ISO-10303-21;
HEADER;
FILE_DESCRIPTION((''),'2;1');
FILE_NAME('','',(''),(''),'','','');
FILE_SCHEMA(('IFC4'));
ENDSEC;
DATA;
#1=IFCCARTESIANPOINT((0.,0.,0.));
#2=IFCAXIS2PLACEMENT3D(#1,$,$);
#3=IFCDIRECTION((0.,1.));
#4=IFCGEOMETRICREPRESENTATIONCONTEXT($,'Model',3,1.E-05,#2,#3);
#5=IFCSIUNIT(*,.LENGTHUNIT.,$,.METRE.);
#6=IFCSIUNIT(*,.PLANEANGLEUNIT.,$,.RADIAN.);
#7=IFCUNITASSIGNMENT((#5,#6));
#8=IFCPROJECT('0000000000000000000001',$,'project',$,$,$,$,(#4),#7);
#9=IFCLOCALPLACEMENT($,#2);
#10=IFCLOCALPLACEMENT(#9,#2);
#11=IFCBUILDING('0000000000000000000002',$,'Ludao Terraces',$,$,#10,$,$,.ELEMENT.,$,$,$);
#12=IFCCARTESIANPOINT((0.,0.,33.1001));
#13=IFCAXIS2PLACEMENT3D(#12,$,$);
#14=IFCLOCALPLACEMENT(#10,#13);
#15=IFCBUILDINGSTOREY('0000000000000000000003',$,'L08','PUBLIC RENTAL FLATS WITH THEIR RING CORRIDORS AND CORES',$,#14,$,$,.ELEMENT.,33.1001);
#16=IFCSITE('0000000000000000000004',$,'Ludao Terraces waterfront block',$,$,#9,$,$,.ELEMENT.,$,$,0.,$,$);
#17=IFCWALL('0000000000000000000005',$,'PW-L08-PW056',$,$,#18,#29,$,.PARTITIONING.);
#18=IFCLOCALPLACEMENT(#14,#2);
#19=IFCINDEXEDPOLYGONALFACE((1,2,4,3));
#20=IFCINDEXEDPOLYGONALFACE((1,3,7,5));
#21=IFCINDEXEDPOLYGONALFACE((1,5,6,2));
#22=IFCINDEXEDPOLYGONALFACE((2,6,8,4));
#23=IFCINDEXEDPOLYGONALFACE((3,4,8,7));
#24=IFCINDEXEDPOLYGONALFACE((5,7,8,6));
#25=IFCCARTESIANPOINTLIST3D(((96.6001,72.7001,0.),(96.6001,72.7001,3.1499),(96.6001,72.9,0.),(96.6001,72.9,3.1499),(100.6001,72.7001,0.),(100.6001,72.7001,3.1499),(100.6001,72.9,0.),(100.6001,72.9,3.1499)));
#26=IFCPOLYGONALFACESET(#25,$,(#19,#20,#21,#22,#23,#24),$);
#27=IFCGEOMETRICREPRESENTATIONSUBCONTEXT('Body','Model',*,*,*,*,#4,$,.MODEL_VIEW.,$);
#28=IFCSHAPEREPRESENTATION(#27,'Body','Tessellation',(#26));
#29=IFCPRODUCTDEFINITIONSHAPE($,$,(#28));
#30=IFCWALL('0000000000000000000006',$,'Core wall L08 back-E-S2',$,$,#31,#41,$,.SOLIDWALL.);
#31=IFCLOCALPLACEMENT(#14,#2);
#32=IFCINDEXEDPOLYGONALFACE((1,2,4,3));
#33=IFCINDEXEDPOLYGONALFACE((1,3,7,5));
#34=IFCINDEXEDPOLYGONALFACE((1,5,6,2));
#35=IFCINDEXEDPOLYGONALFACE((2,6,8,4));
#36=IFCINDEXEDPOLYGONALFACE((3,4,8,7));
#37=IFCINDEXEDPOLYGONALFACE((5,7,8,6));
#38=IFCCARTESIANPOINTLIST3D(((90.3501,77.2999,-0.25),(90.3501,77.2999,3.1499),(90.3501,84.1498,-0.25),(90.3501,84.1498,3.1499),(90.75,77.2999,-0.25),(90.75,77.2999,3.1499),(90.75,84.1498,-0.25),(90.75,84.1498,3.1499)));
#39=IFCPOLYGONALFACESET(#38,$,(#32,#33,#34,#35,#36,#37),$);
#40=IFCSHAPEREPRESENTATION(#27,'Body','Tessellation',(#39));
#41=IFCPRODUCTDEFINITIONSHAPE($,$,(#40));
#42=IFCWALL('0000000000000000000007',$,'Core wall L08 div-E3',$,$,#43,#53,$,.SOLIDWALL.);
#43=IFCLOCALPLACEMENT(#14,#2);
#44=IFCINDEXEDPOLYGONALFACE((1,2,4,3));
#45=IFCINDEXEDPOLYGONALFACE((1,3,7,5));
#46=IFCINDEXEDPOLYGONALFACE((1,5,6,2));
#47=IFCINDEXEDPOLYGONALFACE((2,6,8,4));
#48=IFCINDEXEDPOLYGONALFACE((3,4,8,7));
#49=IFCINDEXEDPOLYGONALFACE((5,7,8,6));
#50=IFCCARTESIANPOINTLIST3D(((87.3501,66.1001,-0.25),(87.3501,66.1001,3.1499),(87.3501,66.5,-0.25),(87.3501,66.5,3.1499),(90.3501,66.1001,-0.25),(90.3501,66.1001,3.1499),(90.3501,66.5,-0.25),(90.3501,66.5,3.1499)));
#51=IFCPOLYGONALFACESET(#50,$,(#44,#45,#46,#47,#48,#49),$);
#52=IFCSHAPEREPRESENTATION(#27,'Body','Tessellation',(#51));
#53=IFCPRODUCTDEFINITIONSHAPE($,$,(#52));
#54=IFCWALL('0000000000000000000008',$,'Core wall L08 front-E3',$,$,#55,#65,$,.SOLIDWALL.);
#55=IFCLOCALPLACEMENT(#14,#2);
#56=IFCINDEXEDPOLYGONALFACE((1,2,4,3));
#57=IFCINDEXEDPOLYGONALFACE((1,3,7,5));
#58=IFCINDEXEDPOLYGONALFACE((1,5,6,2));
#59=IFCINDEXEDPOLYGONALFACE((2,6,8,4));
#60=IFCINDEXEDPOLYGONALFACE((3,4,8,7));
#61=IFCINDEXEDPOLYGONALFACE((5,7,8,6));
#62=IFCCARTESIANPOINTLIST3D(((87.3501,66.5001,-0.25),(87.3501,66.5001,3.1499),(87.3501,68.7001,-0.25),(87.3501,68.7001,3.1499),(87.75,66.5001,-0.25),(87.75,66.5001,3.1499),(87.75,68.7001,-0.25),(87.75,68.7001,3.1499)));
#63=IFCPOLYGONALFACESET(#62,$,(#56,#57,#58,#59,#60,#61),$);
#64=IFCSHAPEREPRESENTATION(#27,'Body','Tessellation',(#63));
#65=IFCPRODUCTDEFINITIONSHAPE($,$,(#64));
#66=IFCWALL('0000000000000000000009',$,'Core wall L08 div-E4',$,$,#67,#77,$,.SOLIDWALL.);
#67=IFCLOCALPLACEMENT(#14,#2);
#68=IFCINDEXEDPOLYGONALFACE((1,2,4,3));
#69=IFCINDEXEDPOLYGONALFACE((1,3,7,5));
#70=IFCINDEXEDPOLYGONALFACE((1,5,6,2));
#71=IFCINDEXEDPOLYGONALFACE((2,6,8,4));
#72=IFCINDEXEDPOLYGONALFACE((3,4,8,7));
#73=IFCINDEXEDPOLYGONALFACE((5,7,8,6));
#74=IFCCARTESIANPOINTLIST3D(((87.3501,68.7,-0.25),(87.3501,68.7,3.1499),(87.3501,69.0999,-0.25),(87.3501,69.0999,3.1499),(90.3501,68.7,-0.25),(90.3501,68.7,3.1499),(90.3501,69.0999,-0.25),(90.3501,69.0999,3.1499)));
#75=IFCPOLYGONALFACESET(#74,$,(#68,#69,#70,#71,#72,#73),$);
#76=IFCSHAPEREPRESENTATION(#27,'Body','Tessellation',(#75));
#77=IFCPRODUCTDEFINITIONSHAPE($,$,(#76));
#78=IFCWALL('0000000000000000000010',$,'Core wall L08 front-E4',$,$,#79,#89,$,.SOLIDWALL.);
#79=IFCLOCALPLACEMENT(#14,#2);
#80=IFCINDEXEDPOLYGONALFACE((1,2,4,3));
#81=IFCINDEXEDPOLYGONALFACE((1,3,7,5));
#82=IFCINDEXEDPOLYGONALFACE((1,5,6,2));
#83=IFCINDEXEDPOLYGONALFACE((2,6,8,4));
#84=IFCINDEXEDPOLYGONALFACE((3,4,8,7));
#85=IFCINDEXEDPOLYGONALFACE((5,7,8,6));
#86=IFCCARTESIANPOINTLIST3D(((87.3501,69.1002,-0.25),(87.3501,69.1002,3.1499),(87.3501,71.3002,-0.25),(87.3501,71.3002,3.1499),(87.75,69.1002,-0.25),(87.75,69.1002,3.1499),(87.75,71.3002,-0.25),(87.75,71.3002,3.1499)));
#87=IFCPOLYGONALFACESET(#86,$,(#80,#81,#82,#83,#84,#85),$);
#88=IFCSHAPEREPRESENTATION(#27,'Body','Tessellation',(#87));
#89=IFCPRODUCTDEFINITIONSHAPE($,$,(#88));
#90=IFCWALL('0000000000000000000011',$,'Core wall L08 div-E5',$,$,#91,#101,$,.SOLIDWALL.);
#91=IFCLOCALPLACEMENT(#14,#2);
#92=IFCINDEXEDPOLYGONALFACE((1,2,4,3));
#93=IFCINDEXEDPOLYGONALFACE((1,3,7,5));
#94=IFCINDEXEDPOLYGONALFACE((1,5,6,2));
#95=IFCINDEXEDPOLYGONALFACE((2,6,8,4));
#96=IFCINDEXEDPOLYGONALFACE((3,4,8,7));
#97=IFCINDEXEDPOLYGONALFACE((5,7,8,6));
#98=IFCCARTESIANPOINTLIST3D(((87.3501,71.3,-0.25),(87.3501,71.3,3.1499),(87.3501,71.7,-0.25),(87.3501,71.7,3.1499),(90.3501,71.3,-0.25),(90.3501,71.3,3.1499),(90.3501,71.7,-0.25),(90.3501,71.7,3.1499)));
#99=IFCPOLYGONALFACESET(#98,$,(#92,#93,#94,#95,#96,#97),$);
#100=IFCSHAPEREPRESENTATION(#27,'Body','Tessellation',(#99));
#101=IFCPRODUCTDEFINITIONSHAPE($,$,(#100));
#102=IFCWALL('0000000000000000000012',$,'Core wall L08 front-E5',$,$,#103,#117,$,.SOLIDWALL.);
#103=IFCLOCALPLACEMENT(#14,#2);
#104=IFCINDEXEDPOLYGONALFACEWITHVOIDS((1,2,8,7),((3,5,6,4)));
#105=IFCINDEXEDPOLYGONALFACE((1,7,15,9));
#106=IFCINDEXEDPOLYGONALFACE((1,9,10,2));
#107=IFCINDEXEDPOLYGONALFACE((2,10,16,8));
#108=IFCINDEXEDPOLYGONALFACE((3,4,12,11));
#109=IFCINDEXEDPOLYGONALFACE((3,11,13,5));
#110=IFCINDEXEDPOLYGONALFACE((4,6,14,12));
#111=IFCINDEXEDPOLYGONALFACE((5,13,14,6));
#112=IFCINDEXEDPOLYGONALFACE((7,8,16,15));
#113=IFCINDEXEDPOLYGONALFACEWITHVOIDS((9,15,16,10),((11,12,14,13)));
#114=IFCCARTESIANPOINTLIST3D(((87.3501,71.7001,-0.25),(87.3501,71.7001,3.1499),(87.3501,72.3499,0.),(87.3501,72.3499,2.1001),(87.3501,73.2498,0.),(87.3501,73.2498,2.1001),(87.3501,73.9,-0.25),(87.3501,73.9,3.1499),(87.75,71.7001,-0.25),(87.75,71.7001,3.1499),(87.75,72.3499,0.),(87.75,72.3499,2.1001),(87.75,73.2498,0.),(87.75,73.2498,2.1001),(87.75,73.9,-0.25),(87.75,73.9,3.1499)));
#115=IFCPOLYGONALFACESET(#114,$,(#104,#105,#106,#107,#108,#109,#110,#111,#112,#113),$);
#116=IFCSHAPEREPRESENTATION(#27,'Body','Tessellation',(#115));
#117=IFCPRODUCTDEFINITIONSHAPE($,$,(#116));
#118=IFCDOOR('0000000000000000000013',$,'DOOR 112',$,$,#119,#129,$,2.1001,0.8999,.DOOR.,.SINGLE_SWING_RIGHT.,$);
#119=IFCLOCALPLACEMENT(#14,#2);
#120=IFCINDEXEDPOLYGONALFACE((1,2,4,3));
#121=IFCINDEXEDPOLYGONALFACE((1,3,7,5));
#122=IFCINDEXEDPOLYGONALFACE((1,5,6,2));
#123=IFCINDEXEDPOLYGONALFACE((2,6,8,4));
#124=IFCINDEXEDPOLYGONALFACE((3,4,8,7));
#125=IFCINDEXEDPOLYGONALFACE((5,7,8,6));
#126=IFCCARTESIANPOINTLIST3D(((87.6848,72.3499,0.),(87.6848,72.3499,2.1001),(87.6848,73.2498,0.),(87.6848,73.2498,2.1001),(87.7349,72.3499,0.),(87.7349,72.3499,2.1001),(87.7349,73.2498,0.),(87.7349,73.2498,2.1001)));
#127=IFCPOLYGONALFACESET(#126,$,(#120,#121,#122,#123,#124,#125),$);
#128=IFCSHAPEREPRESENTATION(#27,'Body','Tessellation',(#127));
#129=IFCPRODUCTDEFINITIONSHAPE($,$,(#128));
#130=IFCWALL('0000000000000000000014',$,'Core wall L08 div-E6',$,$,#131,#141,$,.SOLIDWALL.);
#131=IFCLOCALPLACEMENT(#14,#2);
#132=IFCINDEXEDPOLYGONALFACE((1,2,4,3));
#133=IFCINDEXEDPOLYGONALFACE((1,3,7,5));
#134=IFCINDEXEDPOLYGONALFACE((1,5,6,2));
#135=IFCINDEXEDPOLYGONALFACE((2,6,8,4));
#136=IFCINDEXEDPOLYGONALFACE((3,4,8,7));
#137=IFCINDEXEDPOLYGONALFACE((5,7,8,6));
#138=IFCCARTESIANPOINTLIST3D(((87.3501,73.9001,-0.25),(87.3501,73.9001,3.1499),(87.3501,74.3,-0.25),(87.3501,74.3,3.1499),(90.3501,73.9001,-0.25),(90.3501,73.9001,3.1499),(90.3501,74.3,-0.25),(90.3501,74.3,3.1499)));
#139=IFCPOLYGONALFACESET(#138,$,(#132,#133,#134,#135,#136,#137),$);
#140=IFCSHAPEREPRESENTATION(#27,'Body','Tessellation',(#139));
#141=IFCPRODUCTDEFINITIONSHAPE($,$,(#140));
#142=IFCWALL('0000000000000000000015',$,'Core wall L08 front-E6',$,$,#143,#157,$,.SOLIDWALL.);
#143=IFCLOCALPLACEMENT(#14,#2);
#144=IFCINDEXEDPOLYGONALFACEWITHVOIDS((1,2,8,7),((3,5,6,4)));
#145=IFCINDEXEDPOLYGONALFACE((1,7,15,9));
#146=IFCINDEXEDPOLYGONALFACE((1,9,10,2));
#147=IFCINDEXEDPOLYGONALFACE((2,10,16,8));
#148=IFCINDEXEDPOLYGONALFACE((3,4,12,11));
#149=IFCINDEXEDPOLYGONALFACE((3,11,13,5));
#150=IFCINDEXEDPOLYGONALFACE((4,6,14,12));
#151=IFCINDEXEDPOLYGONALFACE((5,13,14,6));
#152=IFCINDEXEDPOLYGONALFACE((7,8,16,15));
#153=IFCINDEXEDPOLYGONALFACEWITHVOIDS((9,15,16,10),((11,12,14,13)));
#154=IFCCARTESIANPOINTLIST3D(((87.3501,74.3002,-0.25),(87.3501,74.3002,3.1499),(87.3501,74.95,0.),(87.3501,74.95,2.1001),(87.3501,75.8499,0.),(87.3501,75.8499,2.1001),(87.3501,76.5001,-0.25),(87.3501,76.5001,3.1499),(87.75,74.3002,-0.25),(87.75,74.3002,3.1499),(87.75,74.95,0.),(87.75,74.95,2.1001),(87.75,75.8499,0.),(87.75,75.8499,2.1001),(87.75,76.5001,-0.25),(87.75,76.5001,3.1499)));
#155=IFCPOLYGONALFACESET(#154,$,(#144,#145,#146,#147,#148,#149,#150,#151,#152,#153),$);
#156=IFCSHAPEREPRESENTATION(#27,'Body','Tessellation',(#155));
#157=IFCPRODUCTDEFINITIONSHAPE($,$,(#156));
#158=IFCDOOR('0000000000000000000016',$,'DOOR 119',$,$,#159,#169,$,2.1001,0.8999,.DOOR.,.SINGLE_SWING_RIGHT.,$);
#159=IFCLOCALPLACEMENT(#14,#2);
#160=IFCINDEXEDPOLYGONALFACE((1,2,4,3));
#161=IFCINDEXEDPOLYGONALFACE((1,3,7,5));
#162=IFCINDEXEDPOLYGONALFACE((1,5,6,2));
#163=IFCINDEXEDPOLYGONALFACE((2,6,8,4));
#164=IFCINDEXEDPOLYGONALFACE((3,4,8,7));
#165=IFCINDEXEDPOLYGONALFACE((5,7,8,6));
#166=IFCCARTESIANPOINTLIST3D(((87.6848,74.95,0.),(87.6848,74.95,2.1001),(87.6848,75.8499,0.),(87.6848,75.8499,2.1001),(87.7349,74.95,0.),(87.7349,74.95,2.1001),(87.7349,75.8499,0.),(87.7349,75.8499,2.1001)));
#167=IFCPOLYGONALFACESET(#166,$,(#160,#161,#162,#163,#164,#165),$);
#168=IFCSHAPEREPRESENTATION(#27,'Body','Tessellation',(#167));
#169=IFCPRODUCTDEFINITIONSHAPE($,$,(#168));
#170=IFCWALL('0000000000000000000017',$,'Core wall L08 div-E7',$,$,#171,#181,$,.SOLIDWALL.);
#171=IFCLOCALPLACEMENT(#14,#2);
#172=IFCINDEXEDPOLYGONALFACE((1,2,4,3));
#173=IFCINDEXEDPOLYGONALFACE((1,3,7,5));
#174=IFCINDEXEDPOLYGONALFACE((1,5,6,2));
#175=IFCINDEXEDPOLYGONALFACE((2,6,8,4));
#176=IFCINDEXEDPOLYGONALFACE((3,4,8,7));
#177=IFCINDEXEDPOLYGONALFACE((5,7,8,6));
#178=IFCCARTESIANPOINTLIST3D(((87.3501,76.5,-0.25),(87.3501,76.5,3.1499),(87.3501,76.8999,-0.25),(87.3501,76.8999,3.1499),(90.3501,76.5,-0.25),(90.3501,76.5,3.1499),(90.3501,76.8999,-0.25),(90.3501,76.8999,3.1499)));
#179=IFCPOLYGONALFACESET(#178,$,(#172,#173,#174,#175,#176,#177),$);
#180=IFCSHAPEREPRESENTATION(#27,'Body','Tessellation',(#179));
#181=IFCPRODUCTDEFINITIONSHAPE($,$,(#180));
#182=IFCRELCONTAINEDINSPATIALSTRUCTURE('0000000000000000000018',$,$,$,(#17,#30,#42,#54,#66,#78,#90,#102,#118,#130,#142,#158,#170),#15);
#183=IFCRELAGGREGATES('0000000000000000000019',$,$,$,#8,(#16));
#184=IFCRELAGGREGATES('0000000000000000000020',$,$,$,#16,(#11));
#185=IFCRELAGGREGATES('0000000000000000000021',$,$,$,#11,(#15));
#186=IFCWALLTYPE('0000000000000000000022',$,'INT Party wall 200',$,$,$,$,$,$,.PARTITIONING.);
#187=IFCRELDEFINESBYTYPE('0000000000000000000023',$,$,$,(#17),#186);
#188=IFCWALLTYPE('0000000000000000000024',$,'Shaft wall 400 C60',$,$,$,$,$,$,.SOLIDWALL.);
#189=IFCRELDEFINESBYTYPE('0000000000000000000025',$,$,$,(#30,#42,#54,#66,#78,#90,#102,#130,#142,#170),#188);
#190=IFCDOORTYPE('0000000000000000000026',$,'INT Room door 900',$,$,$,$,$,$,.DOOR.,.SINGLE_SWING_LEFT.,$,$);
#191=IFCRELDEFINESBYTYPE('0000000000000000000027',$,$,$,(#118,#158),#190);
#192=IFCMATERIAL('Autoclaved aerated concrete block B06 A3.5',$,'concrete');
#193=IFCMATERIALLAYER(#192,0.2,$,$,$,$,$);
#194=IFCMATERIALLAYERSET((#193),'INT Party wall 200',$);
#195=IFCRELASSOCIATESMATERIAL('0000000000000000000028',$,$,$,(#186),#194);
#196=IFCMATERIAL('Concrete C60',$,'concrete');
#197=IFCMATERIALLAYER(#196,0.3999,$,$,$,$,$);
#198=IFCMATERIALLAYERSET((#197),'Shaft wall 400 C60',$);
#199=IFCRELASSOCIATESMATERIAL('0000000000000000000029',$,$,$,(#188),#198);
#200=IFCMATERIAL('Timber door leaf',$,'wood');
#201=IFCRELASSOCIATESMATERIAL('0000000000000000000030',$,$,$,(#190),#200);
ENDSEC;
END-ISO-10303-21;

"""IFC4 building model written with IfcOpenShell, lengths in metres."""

from ifc_helpers import new_model, si_unit, direction, frame, frame_2d, origin, place, context, subcontext, project, spatial, rectangle, extrude, material, layer, layer_set, type_object, element, fill, save


model = new_model("IFC4")

# Units and contexts
model_context = context("Model", 3, precision=1e-05, world=origin(), true_north=direction((0.0, 1.0)))
body_context = subcontext(model_context, "Body", "Model", "MODEL_VIEW")
ifc_project = project(units=[si_unit("LENGTHUNIT", "METRE"), si_unit("PLANEANGLEUNIT", "RADIAN")], contexts=[model_context])

# Site, building, storey
site_placement = place(None, origin())
site = spatial("IfcSite", under=ifc_project, at=site_placement, Name="Ludao Terraces waterfront block", CompositionType="ELEMENT", RefElevation=0.0)
building_placement = place(site_placement, origin())
building = spatial("IfcBuilding", under=site, at=building_placement, Name="Ludao Terraces", CompositionType="ELEMENT")
storey_placement = place(building_placement, frame((0.0, 0.0, 33.1001)))
storey = spatial("IfcBuildingStorey", under=building, at=storey_placement, Name="L08", Description="PUBLIC RENTAL FLATS WITH THEIR RING CORRIDORS AND CORES", CompositionType="ELEMENT", Elevation=33.1001)

# Walls
ifc_material_1 = material(Name="Autoclaved aerated concrete block B06 A3.5", Category="concrete")
ifc_layer_1 = layer(ifc_material_1, 0.2)
ifc_layer_set_1 = layer_set([ifc_layer_1], Name="INT Party wall 200")
wall_type_1 = type_object("IfcWallType", Name="INT Party wall 200", PredefinedType="PARTITIONING", material=ifc_layer_set_1)
wall_1_placement = place(storey_placement, frame((96.6001, 72.8, 0.0), z_axis=(0.0, 0.0, 1.0), x_axis=(1.0, 0.0, 0.0)))
element("IfcWall", 1, at=wall_1_placement, inside=storey, type_object=wall_type_1, Name="PW-L08-PW056", PredefinedType="PARTITIONING", context=body_context, shape_type="SweptSolid", body=[
    extrude(rectangle(XDim=4.0, YDim=0.2, at=frame_2d((2.0, 0.0))), origin(), (0.0, 0.0, 1.0), 3.1499),
])
ifc_material_2 = material(Name="Concrete C60", Category="concrete")
ifc_layer_2 = layer(ifc_material_2, 0.3999)
ifc_layer_set_2 = layer_set([ifc_layer_2], Name="Shaft wall 400 C60")
wall_type_2 = type_object("IfcWallType", Name="Shaft wall 400 C60", PredefinedType="SOLIDWALL", material=ifc_layer_set_2)
wall_2_placement = place(storey_placement, frame((90.55, 77.3, -0.25), z_axis=(0.0, 0.0, 1.0), x_axis=(0.0, 1.0, 0.0)))
element("IfcWall", 2, at=wall_2_placement, inside=storey, type_object=wall_type_2, Name="Core wall L08 back-E-S2", PredefinedType="SOLIDWALL", context=body_context, shape_type="SweptSolid", body=[
    extrude(rectangle(XDim=6.8499, YDim=0.3999, at=frame_2d((3.4248, 0.0))), origin(), (0.0, 0.0, 1.0), 3.3999),
])
wall_3_placement = place(storey_placement, frame((87.3501, 66.3, -0.25), z_axis=(0.0, 0.0, 1.0), x_axis=(1.0, 0.0, 0.0)))
element("IfcWall", 3, at=wall_3_placement, inside=storey, type_object=wall_type_2, Name="Core wall L08 div-E3", PredefinedType="SOLIDWALL", context=body_context, shape_type="SweptSolid", body=[
    extrude(rectangle(XDim=3.0, YDim=0.3999, at=frame_2d((1.5, 0.0))), origin(), (0.0, 0.0, 1.0), 3.3999),
])
wall_4_placement = place(storey_placement, frame((87.55, 66.5, -0.25), z_axis=(0.0, 0.0, 1.0), x_axis=(0.0, 1.0, 0.0)))
element("IfcWall", 4, at=wall_4_placement, inside=storey, type_object=wall_type_2, Name="Core wall L08 front-E3", PredefinedType="SOLIDWALL", context=body_context, shape_type="SweptSolid", body=[
    extrude(rectangle(XDim=2.2, YDim=0.3999, at=frame_2d((1.1001, 0.0))), origin(), (0.0, 0.0, 1.0), 3.3999),
])
wall_5_placement = place(storey_placement, frame((87.3501, 68.8999, -0.25), z_axis=(0.0, 0.0, 1.0), x_axis=(1.0, 0.0, 0.0)))
element("IfcWall", 5, at=wall_5_placement, inside=storey, type_object=wall_type_2, Name="Core wall L08 div-E4", PredefinedType="SOLIDWALL", context=body_context, shape_type="SweptSolid", body=[
    extrude(rectangle(XDim=3.0, YDim=0.3999, at=frame_2d((1.5, 0.0))), origin(), (0.0, 0.0, 1.0), 3.3999),
])
wall_6_placement = place(storey_placement, frame((87.55, 69.1001, -0.25), z_axis=(0.0, 0.0, 1.0), x_axis=(0.0, 1.0, 0.0)))
element("IfcWall", 6, at=wall_6_placement, inside=storey, type_object=wall_type_2, Name="Core wall L08 front-E4", PredefinedType="SOLIDWALL", context=body_context, shape_type="SweptSolid", body=[
    extrude(rectangle(XDim=2.2, YDim=0.3999, at=frame_2d((1.1001, 0.0))), origin(), (0.0, 0.0, 1.0), 3.3999),
])
wall_7_placement = place(storey_placement, frame((87.3501, 71.5, -0.25), z_axis=(0.0, 0.0, 1.0), x_axis=(1.0, 0.0, 0.0)))
element("IfcWall", 7, at=wall_7_placement, inside=storey, type_object=wall_type_2, Name="Core wall L08 div-E5", PredefinedType="SOLIDWALL", context=body_context, shape_type="SweptSolid", body=[
    extrude(rectangle(XDim=3.0, YDim=0.3999, at=frame_2d((1.5, 0.0))), origin(), (0.0, 0.0, 1.0), 3.3999),
])

# Wall, opening, door
wall_8_placement = place(storey_placement, frame((87.55, 71.7, -0.25), z_axis=(0.0, 0.0, 1.0), x_axis=(0.0, 1.0, 0.0)))
wall_8 = element("IfcWall", 8, at=wall_8_placement, inside=storey, type_object=wall_type_2, Name="Core wall L08 front-E5", PredefinedType="SOLIDWALL", context=body_context, shape_type="SweptSolid", body=[
    extrude(rectangle(XDim=2.2, YDim=0.3999, at=frame_2d((1.1001, 0.0))), origin(), (0.0, 0.0, 1.0), 3.3999),
])
opening_1_placement = place(wall_8_placement, frame((0.6499, 0.0, 0.25)))
opening_1 = element("IfcOpeningElement", 9, at=opening_1_placement, cuts=wall_8, PredefinedType="OPENING", context=body_context, shape_type="SweptSolid", body=[
    extrude(rectangle(XDim=0.8999, YDim=2.1001, at=frame_2d((0.45, 1.05))), frame((0.0, 0.21, 0.0), z_axis=(0.0, -1.0, 0.0), x_axis=(1.0, 0.0, 0.0)), (0.0, 0.0, 1.0), 0.4199),
])
ifc_material_3 = material(Name="Timber door leaf", Category="wood")
door_type_1 = type_object("IfcDoorType", Name="INT Room door 900", OperationType="SINGLE_SWING_LEFT", PredefinedType="DOOR", material=ifc_material_3)
door_1_placement = place(opening_1_placement, origin())
door_1 = element("IfcDoor", 10, at=door_1_placement, inside=storey, type_object=door_type_1, Name="DOOR 112", OperationType="SINGLE_SWING_RIGHT", OverallHeight=2.1001, OverallWidth=0.8999, PredefinedType="DOOR", context=body_context, shape_type="SweptSolid", body=[
    extrude(rectangle(XDim=0.8999, YDim=2.1001, at=frame_2d((0.45, 1.05))), frame((0.0, -0.1348, 0.0), z_axis=(0.0, -1.0, 0.0), x_axis=(1.0, 0.0, 0.0)), (0.0, 0.0, 1.0), 0.05),
])
fill(opening_1, door_1)

# Wall
wall_9_placement = place(storey_placement, frame((87.3501, 74.1001, -0.25), z_axis=(0.0, 0.0, 1.0), x_axis=(1.0, 0.0, 0.0)))
element("IfcWall", 11, at=wall_9_placement, inside=storey, type_object=wall_type_2, Name="Core wall L08 div-E6", PredefinedType="SOLIDWALL", context=body_context, shape_type="SweptSolid", body=[
    extrude(rectangle(XDim=3.0, YDim=0.3999, at=frame_2d((1.5, 0.0))), origin(), (0.0, 0.0, 1.0), 3.3999),
])

# Wall, opening, door
wall_10_placement = place(storey_placement, frame((87.55, 74.3, -0.25), z_axis=(0.0, 0.0, 1.0), x_axis=(0.0, 1.0, 0.0)))
wall_10 = element("IfcWall", 12, at=wall_10_placement, inside=storey, type_object=wall_type_2, Name="Core wall L08 front-E6", PredefinedType="SOLIDWALL", context=body_context, shape_type="SweptSolid", body=[
    extrude(rectangle(XDim=2.2, YDim=0.3999, at=frame_2d((1.1001, 0.0))), origin(), (0.0, 0.0, 1.0), 3.3999),
])
opening_2_placement = place(wall_10_placement, frame((0.6499, 0.0, 0.25)))
opening_2 = element("IfcOpeningElement", 13, at=opening_2_placement, cuts=wall_10, PredefinedType="OPENING", context=body_context, shape_type="SweptSolid", body=[
    extrude(rectangle(XDim=0.8999, YDim=2.1001, at=frame_2d((0.45, 1.05))), frame((0.0, 0.21, 0.0), z_axis=(0.0, -1.0, 0.0), x_axis=(1.0, 0.0, 0.0)), (0.0, 0.0, 1.0), 0.4199),
])
door_2_placement = place(opening_2_placement, origin())
door_2 = element("IfcDoor", 14, at=door_2_placement, inside=storey, type_object=door_type_1, Name="DOOR 119", OperationType="SINGLE_SWING_RIGHT", OverallHeight=2.1001, OverallWidth=0.8999, PredefinedType="DOOR", context=body_context, shape_type="SweptSolid", body=[
    extrude(rectangle(XDim=0.8999, YDim=2.1001, at=frame_2d((0.45, 1.05))), frame((0.0, -0.1348, 0.0), z_axis=(0.0, -1.0, 0.0), x_axis=(1.0, 0.0, 0.0)), (0.0, 0.0, 1.0), 0.05),
])
fill(opening_2, door_2)

# Wall
wall_11_placement = place(storey_placement, frame((87.3501, 76.7, -0.25), z_axis=(0.0, 0.0, 1.0), x_axis=(1.0, 0.0, 0.0)))
element("IfcWall", 15, at=wall_11_placement, inside=storey, type_object=wall_type_2, Name="Core wall L08 div-E7", PredefinedType="SOLIDWALL", context=body_context, shape_type="SweptSolid", body=[
    extrude(rectangle(XDim=3.0, YDim=0.3999, at=frame_2d((1.5, 0.0))), origin(), (0.0, 0.0, 1.0), 3.3999),
])

save(model, "model.ifc")
